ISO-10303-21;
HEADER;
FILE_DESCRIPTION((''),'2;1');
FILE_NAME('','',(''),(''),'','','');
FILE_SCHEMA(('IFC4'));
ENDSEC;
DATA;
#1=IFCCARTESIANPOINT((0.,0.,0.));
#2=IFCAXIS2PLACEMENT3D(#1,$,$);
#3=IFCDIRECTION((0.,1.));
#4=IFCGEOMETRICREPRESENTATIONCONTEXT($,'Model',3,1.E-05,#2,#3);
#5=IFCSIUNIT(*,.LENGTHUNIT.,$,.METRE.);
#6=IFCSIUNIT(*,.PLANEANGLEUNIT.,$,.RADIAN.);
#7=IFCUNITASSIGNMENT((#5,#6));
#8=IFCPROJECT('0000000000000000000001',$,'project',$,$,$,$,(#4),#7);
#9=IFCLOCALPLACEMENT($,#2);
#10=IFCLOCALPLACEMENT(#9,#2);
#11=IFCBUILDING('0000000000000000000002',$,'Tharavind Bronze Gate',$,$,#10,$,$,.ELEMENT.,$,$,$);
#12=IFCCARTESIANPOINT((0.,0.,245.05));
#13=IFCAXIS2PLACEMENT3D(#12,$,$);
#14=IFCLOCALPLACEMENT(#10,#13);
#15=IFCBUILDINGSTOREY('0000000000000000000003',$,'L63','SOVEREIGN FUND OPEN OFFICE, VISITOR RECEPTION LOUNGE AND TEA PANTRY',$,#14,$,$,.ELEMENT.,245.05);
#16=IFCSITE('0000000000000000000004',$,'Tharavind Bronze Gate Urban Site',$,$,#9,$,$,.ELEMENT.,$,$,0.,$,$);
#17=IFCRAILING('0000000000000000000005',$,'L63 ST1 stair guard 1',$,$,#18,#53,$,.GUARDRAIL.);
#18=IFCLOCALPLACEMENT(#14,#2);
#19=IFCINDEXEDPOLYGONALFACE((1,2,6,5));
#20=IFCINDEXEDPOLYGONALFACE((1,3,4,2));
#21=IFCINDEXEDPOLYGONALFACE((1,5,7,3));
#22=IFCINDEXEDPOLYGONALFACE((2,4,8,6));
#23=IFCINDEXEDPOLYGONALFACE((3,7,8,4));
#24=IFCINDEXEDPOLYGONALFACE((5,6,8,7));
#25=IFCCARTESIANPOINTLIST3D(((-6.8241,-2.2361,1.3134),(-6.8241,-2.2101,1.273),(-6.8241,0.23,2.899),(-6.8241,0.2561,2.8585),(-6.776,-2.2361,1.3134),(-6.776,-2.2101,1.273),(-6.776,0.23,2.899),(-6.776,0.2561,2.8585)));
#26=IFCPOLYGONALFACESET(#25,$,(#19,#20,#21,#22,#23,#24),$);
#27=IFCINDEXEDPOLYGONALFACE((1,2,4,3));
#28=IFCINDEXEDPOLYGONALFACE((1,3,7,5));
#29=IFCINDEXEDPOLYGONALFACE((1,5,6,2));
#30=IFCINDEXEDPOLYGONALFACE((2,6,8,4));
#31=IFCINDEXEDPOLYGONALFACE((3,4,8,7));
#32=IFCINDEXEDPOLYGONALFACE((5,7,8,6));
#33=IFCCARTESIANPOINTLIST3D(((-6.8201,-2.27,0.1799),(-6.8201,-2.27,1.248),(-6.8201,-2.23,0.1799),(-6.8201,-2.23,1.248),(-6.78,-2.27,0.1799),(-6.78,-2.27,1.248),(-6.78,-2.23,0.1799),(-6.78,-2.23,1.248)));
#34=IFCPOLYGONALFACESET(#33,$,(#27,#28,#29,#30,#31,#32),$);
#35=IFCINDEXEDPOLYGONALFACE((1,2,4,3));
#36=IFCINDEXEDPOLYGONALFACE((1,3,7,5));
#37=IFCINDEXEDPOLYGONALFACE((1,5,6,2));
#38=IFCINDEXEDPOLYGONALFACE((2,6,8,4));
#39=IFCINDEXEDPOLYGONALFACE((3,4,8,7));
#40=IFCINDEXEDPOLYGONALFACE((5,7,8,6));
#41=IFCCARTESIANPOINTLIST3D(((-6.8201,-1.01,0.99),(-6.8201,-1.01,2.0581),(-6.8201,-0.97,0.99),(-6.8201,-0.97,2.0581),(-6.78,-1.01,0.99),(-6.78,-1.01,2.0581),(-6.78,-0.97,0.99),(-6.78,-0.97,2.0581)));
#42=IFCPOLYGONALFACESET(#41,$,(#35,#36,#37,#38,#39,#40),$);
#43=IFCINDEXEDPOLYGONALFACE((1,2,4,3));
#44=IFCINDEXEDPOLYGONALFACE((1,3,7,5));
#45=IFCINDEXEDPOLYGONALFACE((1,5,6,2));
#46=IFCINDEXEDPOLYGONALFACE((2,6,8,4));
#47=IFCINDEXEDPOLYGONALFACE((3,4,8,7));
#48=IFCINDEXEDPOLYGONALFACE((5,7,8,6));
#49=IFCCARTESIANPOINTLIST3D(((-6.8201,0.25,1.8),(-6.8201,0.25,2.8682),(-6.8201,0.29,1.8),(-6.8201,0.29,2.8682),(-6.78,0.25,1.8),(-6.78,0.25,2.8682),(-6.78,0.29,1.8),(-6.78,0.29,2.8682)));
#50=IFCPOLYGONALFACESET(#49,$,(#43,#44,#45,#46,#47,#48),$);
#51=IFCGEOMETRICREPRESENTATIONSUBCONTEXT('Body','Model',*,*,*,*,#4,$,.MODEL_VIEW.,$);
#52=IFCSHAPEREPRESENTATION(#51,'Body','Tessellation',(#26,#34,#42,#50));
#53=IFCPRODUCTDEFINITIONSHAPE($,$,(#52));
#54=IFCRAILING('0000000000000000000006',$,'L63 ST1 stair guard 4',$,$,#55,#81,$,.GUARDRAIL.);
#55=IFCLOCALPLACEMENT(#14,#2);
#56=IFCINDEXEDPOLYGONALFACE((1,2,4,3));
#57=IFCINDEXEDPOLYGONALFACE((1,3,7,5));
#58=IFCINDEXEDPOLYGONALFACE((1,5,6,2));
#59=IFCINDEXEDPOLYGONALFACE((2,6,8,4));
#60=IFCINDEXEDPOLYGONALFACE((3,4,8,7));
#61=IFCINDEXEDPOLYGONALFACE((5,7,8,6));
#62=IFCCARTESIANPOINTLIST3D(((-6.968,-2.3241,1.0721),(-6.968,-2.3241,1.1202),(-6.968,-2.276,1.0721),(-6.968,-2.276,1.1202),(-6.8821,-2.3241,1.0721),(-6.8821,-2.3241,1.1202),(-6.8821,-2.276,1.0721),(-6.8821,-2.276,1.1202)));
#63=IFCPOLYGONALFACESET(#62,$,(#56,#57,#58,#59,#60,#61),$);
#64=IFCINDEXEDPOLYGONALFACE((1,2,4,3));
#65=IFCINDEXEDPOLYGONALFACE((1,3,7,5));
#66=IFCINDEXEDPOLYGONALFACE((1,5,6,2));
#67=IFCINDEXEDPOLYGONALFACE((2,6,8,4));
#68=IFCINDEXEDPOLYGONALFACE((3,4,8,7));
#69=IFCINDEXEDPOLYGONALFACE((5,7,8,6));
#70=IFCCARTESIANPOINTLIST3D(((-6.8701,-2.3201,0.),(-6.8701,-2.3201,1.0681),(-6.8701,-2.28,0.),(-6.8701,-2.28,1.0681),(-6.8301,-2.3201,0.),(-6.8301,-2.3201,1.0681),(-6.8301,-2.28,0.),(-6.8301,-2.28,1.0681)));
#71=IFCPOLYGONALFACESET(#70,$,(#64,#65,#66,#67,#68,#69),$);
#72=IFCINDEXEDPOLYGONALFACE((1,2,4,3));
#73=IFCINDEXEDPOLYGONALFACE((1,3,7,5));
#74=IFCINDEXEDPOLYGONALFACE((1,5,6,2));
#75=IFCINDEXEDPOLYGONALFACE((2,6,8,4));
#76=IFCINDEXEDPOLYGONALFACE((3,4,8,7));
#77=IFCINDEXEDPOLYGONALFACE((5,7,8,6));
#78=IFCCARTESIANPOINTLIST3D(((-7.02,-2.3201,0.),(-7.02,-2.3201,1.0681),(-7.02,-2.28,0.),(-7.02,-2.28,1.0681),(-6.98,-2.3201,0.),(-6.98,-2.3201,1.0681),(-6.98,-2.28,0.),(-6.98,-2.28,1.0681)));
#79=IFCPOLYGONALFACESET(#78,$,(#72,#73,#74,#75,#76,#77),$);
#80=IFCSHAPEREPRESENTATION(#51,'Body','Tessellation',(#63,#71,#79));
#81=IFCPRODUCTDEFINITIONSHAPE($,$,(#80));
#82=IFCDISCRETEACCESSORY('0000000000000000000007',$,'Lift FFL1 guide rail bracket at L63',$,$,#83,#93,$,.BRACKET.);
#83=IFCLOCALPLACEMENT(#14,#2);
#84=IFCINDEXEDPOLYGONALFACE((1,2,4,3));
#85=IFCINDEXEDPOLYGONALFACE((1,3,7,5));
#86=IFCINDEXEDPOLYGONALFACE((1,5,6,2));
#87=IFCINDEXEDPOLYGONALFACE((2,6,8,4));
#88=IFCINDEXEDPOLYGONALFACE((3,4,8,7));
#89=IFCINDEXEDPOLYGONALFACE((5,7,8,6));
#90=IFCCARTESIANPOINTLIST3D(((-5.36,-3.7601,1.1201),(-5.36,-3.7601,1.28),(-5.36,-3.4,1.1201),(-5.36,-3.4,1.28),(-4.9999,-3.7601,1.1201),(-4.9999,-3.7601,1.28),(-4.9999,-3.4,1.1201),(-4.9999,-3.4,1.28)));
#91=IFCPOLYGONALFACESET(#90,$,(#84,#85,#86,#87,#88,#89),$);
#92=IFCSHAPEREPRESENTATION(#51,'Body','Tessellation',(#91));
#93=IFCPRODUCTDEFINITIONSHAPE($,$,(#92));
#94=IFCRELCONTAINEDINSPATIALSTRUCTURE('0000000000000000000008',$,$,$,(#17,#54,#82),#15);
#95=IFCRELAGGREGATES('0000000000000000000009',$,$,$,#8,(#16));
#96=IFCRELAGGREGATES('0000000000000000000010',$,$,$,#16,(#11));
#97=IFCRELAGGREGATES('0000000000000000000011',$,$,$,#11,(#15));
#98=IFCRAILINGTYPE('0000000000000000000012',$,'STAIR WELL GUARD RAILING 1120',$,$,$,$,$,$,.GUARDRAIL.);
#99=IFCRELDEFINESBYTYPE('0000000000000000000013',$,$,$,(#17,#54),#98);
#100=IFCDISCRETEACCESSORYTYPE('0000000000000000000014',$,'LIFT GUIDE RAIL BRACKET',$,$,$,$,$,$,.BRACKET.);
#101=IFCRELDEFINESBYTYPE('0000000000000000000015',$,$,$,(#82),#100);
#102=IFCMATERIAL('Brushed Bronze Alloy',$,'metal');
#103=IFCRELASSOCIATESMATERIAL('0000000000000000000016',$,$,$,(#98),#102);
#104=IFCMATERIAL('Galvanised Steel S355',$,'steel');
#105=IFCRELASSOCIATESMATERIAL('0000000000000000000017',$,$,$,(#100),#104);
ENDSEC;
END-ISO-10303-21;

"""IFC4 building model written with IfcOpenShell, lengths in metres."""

from ifc_helpers import new_model, si_unit, direction, frame, origin, origin_2d, place, context, subcontext, project, spatial, rectangle, extrude, material, type_object, element, save


model = new_model("IFC4")

# Units and contexts
model_context = context("Model", 3, precision=1e-05, world=origin(), true_north=direction((0.0, 1.0)))
body_context = subcontext(model_context, "Body", "Model", "MODEL_VIEW")
ifc_project = project(units=[si_unit("LENGTHUNIT", "METRE"), si_unit("PLANEANGLEUNIT", "RADIAN")], contexts=[model_context])

# Site, building, storey
site_placement = place(None, origin())
site = spatial("IfcSite", under=ifc_project, at=site_placement, Name="Tharavind Bronze Gate Urban Site", CompositionType="ELEMENT", RefElevation=0.0)
building_placement = place(site_placement, origin())
building = spatial("IfcBuilding", under=site, at=building_placement, Name="Tharavind Bronze Gate", CompositionType="ELEMENT")
storey_placement = place(building_placement, frame((0.0, 0.0, 245.05)))
storey = spatial("IfcBuildingStorey", under=building, at=storey_placement, Name="L63", Description="SOVEREIGN FUND OPEN OFFICE, VISITOR RECEPTION LOUNGE AND TEA PANTRY", CompositionType="ELEMENT", Elevation=245.05)

# Railings
ifc_material_1 = material(Name="Brushed Bronze Alloy", Category="metal")
railing_type_1 = type_object("IfcRailingType", Name="STAIR WELL GUARD RAILING 1120", PredefinedType="GUARDRAIL", material=ifc_material_1)
railing_1_placement = place(storey_placement, frame((-6.8, -2.25, 0.1799)))
element("IfcRailing", 1, at=railing_1_placement, inside=storey, type_object=railing_type_1, Name="L63 ST1 stair guard 1", PredefinedType="GUARDRAIL", context=body_context, shape_type="SweptSolid", body=[
    extrude(rectangle(XDim=0.0481, YDim=0.0481, at=origin_2d()), frame((0.0, 0.0269, 1.1133), z_axis=(0.0, 0.841163, 0.540782), x_axis=(-1.0, 0.0, 0.0)), (0.0, 0.0, 1.0), 2.9319),
    extrude(rectangle(XDim=0.04, YDim=0.04, at=origin_2d()), origin(), (0.0, 0.0, 1.0), 1.0681),
    extrude(rectangle(XDim=0.04, YDim=0.04, at=origin_2d()), frame((0.0, 1.26, 0.8101)), (0.0, 0.0, 1.0), 1.0681),
    extrude(rectangle(XDim=0.04, YDim=0.04, at=origin_2d()), frame((0.0, 2.52, 1.6201)), (0.0, 0.0, 1.0), 1.0681),
])
railing_2_placement = place(storey_placement, frame((-6.8501, -2.3, 0.0)))
element("IfcRailing", 2, at=railing_2_placement, inside=storey, type_object=railing_type_1, Name="L63 ST1 stair guard 4", PredefinedType="GUARDRAIL", context=body_context, shape_type="SweptSolid", body=[
    extrude(rectangle(XDim=0.0481, YDim=0.0481, at=origin_2d()), frame((-0.032, 0.0, 1.0962), z_axis=(-1.0, 0.0, 0.0), x_axis=(0.0, -1.0, 0.0)), (0.0, 0.0, 1.0), 0.0859),
    extrude(rectangle(XDim=0.04, YDim=0.04, at=origin_2d()), origin(), (0.0, 0.0, 1.0), 1.0681),
    extrude(rectangle(XDim=0.04, YDim=0.04, at=origin_2d()), frame((-0.1499, 0.0, 0.0)), (0.0, 0.0, 1.0), 1.0681),
])

# Discrete accessory
ifc_material_2 = material(Name="Galvanised Steel S355", Category="steel")
discrete_accessory_type = type_object("IfcDiscreteAccessoryType", Name="LIFT GUIDE RAIL BRACKET", PredefinedType="BRACKET", material=ifc_material_2)
discrete_accessory_placement = place(storey_placement, frame((-5.1799, -3.5801, 1.1201), z_axis=(0.0, 0.0, 1.0), x_axis=(1.0, 0.0, 0.0)))
element("IfcDiscreteAccessory", 3, at=discrete_accessory_placement, inside=storey, type_object=discrete_accessory_type, Name="Lift FFL1 guide rail bracket at L63", PredefinedType="BRACKET", context=body_context, shape_type="SweptSolid", body=[
    extrude(rectangle(XDim=0.3601, YDim=0.3601, at=origin_2d()), origin(), (0.0, 0.0, 1.0), 0.1599),
])

save(model, "model.ifc")
